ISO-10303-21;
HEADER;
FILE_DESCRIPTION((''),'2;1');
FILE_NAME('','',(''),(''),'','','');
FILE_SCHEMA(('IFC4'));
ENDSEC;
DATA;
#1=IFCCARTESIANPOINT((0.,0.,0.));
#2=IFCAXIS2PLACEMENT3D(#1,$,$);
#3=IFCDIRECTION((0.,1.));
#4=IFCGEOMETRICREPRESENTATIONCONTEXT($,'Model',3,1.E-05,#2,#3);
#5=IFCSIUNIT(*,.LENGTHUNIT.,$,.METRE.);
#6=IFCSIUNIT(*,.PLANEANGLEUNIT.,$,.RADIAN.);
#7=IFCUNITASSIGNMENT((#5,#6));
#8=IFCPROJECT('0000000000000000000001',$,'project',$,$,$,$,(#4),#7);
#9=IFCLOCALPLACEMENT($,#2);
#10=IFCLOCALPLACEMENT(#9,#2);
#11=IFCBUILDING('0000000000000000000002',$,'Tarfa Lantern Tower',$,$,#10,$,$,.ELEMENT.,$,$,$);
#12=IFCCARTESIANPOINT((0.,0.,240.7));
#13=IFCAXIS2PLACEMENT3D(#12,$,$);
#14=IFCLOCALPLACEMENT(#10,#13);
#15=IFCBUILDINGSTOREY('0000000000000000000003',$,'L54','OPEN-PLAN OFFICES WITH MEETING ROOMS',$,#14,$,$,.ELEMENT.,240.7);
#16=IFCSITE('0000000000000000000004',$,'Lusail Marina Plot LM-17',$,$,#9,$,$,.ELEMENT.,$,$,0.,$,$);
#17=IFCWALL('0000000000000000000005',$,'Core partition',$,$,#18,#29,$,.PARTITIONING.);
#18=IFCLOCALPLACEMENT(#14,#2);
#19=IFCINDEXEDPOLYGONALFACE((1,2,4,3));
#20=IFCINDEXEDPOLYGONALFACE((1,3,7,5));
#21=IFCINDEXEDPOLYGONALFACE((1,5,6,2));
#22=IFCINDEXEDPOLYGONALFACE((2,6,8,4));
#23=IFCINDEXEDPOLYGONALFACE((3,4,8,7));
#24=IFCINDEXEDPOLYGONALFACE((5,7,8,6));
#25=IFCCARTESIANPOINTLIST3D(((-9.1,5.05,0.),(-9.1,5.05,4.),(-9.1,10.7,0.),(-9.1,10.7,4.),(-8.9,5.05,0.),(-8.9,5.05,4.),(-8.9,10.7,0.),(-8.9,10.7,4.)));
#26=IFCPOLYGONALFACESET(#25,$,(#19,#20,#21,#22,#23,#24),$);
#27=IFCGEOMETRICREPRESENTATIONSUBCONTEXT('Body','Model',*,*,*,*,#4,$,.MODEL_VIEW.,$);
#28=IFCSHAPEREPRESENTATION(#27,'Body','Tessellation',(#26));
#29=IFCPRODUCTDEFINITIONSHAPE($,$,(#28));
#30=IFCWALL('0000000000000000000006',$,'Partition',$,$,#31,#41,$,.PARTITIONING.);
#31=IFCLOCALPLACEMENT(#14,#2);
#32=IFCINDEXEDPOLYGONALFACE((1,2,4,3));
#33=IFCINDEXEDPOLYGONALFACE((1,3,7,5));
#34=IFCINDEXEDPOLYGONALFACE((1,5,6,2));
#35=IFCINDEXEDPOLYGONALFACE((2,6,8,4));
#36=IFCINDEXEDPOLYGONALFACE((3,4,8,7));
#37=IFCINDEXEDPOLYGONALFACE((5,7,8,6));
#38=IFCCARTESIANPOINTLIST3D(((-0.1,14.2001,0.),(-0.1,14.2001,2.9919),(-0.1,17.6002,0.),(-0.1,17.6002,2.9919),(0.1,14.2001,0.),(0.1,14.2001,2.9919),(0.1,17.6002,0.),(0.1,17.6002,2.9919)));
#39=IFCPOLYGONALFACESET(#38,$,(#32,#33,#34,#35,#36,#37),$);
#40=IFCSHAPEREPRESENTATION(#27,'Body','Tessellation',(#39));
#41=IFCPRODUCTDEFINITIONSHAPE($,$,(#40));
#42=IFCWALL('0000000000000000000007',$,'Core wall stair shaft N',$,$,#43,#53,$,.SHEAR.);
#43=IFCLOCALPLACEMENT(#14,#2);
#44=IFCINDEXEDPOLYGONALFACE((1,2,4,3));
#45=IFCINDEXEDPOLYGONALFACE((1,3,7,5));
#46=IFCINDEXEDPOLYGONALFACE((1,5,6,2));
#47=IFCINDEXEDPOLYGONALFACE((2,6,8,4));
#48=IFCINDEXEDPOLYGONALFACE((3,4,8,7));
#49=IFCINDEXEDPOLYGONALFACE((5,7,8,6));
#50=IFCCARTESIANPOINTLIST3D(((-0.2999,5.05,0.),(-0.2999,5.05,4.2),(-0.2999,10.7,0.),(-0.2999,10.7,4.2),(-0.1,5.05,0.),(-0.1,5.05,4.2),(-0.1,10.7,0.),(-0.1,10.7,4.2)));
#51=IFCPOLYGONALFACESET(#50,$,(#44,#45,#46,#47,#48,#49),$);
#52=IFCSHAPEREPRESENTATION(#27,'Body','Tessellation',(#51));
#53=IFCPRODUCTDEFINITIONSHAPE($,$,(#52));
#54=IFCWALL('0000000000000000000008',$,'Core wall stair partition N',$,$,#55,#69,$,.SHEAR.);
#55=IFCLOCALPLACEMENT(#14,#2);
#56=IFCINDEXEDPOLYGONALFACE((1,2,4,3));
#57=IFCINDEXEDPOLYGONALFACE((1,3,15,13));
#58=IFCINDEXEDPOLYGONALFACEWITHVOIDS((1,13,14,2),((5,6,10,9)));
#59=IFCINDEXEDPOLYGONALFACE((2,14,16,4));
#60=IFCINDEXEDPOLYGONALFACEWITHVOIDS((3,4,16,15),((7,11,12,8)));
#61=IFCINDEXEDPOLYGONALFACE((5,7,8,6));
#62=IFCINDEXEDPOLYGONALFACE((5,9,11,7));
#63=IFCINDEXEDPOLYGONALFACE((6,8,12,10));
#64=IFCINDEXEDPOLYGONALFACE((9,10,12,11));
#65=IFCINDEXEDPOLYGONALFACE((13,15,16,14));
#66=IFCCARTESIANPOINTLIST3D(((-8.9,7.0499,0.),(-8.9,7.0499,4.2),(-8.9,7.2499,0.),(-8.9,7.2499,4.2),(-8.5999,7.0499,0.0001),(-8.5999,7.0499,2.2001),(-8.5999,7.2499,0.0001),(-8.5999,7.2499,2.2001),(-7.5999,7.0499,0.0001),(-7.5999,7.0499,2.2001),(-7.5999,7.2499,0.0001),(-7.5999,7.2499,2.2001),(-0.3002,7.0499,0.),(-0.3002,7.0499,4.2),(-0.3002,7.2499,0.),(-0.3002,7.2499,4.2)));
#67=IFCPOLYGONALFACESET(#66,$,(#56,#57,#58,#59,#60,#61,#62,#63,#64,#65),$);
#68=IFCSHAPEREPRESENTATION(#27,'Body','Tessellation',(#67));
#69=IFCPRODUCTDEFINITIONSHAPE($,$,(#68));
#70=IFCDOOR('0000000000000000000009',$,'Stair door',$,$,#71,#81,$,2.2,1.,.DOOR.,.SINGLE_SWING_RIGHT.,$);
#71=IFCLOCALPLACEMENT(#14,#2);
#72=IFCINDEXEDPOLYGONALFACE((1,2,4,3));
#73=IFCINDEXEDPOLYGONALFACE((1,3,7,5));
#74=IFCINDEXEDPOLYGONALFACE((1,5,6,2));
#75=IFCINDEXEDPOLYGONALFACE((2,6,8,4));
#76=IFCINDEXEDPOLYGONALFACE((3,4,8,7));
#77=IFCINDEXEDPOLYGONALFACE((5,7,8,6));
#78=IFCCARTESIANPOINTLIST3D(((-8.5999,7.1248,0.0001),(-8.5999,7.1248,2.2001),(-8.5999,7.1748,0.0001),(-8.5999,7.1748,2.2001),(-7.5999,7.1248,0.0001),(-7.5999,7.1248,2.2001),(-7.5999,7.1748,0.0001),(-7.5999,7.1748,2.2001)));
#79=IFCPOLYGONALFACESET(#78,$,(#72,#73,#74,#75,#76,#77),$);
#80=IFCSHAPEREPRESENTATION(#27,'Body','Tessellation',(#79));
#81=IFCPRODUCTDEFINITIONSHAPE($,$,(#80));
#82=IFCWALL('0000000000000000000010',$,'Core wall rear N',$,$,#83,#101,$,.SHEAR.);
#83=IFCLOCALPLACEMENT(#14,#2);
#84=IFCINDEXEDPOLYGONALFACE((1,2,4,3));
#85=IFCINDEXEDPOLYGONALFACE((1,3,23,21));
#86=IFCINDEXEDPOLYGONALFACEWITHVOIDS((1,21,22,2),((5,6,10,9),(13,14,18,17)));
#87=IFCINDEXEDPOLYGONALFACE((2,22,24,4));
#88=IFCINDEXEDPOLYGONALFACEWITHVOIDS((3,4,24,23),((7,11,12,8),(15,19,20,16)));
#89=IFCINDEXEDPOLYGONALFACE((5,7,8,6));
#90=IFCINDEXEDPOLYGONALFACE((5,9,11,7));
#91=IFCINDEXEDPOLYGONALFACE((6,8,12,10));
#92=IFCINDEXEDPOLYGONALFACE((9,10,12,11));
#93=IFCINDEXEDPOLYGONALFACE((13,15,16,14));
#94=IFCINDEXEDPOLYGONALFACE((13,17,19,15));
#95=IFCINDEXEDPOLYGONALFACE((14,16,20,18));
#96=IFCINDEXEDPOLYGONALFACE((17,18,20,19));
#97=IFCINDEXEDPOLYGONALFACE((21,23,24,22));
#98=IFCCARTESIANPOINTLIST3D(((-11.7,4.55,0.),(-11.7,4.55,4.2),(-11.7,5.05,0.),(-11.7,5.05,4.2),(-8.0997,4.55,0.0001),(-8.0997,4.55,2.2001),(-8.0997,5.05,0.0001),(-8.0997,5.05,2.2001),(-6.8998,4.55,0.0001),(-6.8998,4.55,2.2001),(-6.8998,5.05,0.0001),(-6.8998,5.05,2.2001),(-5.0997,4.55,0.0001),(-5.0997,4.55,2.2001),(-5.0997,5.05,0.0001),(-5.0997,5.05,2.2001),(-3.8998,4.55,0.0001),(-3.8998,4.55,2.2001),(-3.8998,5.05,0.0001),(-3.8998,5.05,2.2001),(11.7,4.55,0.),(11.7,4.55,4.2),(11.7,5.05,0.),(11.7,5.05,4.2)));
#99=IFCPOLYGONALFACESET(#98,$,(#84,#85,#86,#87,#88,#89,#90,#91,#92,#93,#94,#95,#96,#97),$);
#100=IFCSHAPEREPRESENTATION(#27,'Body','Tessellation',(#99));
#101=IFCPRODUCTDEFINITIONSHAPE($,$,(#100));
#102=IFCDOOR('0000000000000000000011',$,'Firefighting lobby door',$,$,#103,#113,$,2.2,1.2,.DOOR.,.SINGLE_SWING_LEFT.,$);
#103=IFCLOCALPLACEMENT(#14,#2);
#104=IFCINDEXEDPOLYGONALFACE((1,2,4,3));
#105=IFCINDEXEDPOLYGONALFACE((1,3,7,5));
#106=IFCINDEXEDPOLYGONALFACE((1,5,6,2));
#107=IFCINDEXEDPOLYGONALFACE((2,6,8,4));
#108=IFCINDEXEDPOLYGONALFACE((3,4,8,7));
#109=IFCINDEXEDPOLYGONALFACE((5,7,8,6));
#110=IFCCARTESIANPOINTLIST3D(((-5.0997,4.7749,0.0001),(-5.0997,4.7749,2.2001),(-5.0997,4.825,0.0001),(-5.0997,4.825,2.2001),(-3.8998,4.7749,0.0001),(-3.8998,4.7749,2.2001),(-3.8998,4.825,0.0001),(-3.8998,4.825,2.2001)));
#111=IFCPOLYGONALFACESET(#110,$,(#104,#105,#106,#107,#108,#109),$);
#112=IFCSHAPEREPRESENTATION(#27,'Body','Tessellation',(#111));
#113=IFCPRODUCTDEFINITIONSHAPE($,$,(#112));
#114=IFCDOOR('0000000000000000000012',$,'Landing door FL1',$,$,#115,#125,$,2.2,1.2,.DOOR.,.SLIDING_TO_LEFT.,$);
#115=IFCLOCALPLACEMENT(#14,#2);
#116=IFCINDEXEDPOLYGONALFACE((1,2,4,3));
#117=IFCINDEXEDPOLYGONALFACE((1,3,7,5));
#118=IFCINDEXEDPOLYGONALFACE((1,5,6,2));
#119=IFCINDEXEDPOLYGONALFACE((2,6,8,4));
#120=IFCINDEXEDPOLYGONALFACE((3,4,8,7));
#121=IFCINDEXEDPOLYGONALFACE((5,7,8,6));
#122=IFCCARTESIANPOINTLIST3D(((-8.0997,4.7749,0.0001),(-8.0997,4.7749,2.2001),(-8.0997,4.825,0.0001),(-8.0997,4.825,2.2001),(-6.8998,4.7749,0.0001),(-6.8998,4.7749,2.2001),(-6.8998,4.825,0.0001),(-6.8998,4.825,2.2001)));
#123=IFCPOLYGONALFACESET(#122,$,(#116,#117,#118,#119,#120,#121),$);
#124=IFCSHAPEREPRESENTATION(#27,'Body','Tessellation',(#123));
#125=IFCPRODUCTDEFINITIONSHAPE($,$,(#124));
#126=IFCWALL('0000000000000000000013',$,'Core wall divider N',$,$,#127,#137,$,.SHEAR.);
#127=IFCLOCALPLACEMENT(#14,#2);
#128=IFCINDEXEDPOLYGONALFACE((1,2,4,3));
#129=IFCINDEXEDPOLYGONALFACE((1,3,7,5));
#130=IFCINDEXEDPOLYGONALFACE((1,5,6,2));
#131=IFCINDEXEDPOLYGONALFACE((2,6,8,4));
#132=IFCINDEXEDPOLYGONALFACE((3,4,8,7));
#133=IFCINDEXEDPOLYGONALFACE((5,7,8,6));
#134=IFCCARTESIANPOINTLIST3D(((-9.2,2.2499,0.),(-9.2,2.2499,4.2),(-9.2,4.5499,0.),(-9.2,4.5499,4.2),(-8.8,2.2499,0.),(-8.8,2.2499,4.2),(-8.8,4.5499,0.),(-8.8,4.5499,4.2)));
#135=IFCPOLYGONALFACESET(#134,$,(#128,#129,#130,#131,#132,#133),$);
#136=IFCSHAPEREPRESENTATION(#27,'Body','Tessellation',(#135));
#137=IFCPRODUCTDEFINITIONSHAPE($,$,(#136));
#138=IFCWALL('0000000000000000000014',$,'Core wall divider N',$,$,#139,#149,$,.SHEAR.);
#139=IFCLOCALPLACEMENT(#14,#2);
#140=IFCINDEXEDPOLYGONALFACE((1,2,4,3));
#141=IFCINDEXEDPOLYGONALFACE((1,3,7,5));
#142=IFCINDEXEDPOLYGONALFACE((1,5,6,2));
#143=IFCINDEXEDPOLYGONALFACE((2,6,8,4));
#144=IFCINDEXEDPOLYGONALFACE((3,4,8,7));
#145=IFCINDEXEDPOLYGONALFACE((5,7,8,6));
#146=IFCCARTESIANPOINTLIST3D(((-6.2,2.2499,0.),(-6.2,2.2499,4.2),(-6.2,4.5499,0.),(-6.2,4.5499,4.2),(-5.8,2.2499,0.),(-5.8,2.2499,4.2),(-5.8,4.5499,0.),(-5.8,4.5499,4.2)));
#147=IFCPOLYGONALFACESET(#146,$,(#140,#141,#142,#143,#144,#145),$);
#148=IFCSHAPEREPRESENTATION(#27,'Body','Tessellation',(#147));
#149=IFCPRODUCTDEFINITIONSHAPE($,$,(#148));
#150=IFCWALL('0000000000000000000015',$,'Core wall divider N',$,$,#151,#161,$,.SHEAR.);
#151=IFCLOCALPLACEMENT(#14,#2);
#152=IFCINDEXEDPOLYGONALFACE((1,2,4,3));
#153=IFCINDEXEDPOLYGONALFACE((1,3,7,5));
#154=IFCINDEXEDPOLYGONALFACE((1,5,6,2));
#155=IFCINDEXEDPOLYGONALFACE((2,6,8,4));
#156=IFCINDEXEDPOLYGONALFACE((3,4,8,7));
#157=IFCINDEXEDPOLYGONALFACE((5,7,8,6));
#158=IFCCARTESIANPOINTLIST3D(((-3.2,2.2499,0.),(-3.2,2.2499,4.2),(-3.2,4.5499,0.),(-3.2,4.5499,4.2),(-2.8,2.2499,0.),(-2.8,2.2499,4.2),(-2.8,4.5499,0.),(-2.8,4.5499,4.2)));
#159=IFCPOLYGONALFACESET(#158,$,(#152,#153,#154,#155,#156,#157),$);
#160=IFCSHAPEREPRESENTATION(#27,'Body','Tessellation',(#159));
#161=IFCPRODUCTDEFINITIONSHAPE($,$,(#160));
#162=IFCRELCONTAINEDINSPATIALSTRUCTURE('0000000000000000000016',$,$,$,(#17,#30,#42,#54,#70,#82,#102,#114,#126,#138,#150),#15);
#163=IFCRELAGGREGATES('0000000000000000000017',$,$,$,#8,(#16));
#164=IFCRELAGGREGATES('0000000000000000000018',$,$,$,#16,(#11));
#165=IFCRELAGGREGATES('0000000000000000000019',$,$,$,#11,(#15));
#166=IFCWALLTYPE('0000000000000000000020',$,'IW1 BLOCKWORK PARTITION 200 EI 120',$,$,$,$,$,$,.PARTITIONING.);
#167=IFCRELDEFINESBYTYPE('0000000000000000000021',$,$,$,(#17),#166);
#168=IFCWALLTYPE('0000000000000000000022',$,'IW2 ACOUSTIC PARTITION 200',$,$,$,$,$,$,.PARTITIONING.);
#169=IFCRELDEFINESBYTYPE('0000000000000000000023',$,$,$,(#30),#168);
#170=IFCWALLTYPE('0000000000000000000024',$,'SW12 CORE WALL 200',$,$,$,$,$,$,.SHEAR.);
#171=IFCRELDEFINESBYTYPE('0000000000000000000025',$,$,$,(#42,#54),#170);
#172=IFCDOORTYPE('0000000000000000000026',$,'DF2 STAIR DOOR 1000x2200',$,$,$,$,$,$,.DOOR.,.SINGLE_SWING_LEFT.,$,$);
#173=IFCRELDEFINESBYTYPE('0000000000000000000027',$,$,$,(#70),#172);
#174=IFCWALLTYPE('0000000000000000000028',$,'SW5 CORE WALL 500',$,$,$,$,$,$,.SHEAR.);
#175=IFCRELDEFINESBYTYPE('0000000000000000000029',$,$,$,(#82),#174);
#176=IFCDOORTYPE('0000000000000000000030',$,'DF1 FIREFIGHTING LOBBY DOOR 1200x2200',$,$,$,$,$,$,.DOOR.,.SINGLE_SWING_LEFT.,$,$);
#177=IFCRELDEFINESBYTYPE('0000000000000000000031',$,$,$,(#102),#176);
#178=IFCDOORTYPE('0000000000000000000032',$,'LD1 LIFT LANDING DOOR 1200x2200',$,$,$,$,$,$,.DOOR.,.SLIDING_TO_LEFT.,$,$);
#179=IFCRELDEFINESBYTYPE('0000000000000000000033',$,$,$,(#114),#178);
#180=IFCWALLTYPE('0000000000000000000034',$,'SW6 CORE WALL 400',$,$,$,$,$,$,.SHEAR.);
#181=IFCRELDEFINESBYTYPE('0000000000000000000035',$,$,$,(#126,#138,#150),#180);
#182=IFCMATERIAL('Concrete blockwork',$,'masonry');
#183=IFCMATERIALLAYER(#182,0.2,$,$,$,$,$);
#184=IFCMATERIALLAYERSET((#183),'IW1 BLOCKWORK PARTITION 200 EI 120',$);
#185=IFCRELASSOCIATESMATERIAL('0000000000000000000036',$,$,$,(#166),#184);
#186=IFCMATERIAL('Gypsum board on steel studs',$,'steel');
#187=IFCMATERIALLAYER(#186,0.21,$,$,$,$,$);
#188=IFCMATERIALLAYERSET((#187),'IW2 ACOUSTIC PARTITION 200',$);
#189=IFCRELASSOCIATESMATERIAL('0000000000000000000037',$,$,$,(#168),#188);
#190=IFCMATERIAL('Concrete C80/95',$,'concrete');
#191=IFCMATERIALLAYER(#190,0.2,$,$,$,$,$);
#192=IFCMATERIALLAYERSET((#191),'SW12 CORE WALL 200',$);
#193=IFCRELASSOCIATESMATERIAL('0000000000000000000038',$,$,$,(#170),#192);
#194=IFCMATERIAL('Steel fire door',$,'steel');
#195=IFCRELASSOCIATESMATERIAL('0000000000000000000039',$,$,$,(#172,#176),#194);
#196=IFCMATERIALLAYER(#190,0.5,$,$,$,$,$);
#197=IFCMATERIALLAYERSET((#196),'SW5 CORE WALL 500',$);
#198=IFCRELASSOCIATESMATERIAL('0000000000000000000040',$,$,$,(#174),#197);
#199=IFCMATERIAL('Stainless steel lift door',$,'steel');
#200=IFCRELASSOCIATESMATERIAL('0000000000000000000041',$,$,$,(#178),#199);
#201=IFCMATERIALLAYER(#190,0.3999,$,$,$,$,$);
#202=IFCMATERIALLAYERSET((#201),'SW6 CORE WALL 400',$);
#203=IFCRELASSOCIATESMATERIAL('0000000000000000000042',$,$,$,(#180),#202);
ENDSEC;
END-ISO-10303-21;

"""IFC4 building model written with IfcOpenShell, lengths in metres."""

from ifc_helpers import new_model, si_unit, direction, frame, frame_2d, origin, place, context, subcontext, project, spatial, rectangle, extrude, material, layer, layer_set, type_object, element, fill, save


model = new_model("IFC4")

# Units and contexts
model_context = context("Model", 3, precision=1e-05, world=origin(), true_north=direction((0.0, 1.0)))
body_context = subcontext(model_context, "Body", "Model", "MODEL_VIEW")
ifc_project = project(units=[si_unit("LENGTHUNIT", "METRE"), si_unit("PLANEANGLEUNIT", "RADIAN")], contexts=[model_context])

# Site, building, storey
site_placement = place(None, origin())
site = spatial("IfcSite", under=ifc_project, at=site_placement, Name="Lusail Marina Plot LM-17", CompositionType="ELEMENT", RefElevation=0.0)
building_placement = place(site_placement, origin())
building = spatial("IfcBuilding", under=site, at=building_placement, Name="Tarfa Lantern Tower", CompositionType="ELEMENT")
storey_placement = place(building_placement, frame((0.0, 0.0, 240.7)))
storey = spatial("IfcBuildingStorey", under=building, at=storey_placement, Name="L54", Description="OPEN-PLAN OFFICES WITH MEETING ROOMS", CompositionType="ELEMENT", Elevation=240.7)

# Walls
ifc_material_1 = material(Name="Concrete blockwork", Category="masonry")
ifc_layer_1 = layer(ifc_material_1, 0.2)
ifc_layer_set_1 = layer_set([ifc_layer_1], Name="IW1 BLOCKWORK PARTITION 200 EI 120")
wall_type_1 = type_object("IfcWallType", Name="IW1 BLOCKWORK PARTITION 200 EI 120", PredefinedType="PARTITIONING", material=ifc_layer_set_1)
wall_1_placement = place(storey_placement, frame((-9.0, 5.05, 0.0), z_axis=(0.0, 0.0, 1.0), x_axis=(0.0, 1.0, 0.0)))
element("IfcWall", 1, at=wall_1_placement, inside=storey, type_object=wall_type_1, Name="Core partition", PredefinedType="PARTITIONING", context=body_context, shape_type="SweptSolid", body=[
    extrude(rectangle(XDim=5.6499, YDim=0.2, at=frame_2d((2.825, 0.0))), origin(), (0.0, 0.0, 1.0), 4.0),
])
ifc_material_2 = material(Name="Gypsum board on steel studs", Category="steel")
ifc_layer_2 = layer(ifc_material_2, 0.21)
ifc_layer_set_2 = layer_set([ifc_layer_2], Name="IW2 ACOUSTIC PARTITION 200")
wall_type_2 = type_object("IfcWallType", Name="IW2 ACOUSTIC PARTITION 200", PredefinedType="PARTITIONING", material=ifc_layer_set_2)
wall_2_placement = place(storey_placement, frame((0.0, 14.2, 0.0), z_axis=(0.0, 0.0, 1.0), x_axis=(0.0, 1.0, 0.0)))
element("IfcWall", 2, at=wall_2_placement, inside=storey, type_object=wall_type_2, Name="Partition", PredefinedType="PARTITIONING", context=body_context, shape_type="SweptSolid", body=[
    extrude(rectangle(XDim=3.4001, YDim=0.2, at=frame_2d((1.7002, 0.0))), origin(), (0.0, 0.0, 1.0), 2.9919),
])
ifc_material_3 = material(Name="Concrete C80/95", Category="concrete")
ifc_layer_3 = layer(ifc_material_3, 0.2)
ifc_layer_set_3 = layer_set([ifc_layer_3], Name="SW12 CORE WALL 200")
wall_type_3 = type_object("IfcWallType", Name="SW12 CORE WALL 200", PredefinedType="SHEAR", material=ifc_layer_set_3)
wall_3_placement = place(storey_placement, frame((-0.2, 5.05, 0.0), z_axis=(0.0, 0.0, 1.0), x_axis=(0.0, 1.0, 0.0)))
element("IfcWall", 3, at=wall_3_placement, inside=storey, type_object=wall_type_3, Name="Core wall stair shaft N", PredefinedType="SHEAR", context=body_context, shape_type="SweptSolid", body=[
    extrude(rectangle(XDim=5.6499, YDim=0.2, at=frame_2d((2.825, 0.0))), origin(), (0.0, 0.0, 1.0), 4.2),
])

# Wall, opening, door
wall_4_placement = place(storey_placement, frame((-8.8999, 7.1499, 0.0), z_axis=(0.0, 0.0, 1.0), x_axis=(1.0, 0.0, 0.0)))
wall_4 = element("IfcWall", 4, at=wall_4_placement, inside=storey, type_object=wall_type_3, Name="Core wall stair partition N", PredefinedType="SHEAR", context=body_context, shape_type="SweptSolid", body=[
    extrude(rectangle(XDim=8.5999, YDim=0.2, at=frame_2d((4.2998, 0.0))), origin(), (0.0, 0.0, 1.0), 4.2),
])
opening_1_placement = place(wall_4_placement, frame((0.3, 0.0, 0.0)))
opening_1 = element("IfcOpeningElement", 5, at=opening_1_placement, cuts=wall_4, PredefinedType="OPENING", context=body_context, shape_type="SweptSolid", body=[
    extrude(rectangle(XDim=1.0, YDim=2.2, at=frame_2d((0.5, 1.1001))), frame((0.0, 0.1099, 0.0), z_axis=(0.0, -1.0, 0.0), x_axis=(1.0, 0.0, 0.0)), (0.0, 0.0, 1.0), 0.22),
])
ifc_material_4 = material(Name="Steel fire door", Category="steel")
door_type_1 = type_object("IfcDoorType", Name="DF2 STAIR DOOR 1000x2200", OperationType="SINGLE_SWING_LEFT", PredefinedType="DOOR", material=ifc_material_4)
door_1_placement = place(opening_1_placement, origin())
door_1 = element("IfcDoor", 6, at=door_1_placement, inside=storey, type_object=door_type_1, Name="Stair door", OperationType="SINGLE_SWING_RIGHT", OverallHeight=2.2, OverallWidth=1.0, PredefinedType="DOOR", context=body_context, shape_type="SweptSolid", body=[
    extrude(rectangle(XDim=1.0, YDim=2.2, at=frame_2d((0.5, 1.1001))), frame((0.0, 0.0249, 0.0), z_axis=(0.0, -1.0, 0.0), x_axis=(1.0, 0.0, 0.0)), (0.0, 0.0, 1.0), 0.05),
])
fill(opening_1, door_1)

# Wall, openings, doors
ifc_layer_4 = layer(ifc_material_3, 0.5)
ifc_layer_set_4 = layer_set([ifc_layer_4], Name="SW5 CORE WALL 500")
wall_type_4 = type_object("IfcWallType", Name="SW5 CORE WALL 500", PredefinedType="SHEAR", material=ifc_layer_set_4)
wall_5_placement = place(storey_placement, frame((-11.7, 4.8, 0.0), z_axis=(0.0, 0.0, 1.0), x_axis=(1.0, 0.0, 0.0)))
wall_5 = element("IfcWall", 7, at=wall_5_placement, inside=storey, type_object=wall_type_4, Name="Core wall rear N", PredefinedType="SHEAR", context=body_context, shape_type="SweptSolid", body=[
    extrude(rectangle(XDim=23.3999, YDim=0.5, at=frame_2d((11.7, 0.0))), origin(), (0.0, 0.0, 1.0), 4.2),
])
opening_2_placement = place(wall_5_placement, frame((6.6001, 0.0, 0.0)))
opening_2 = element("IfcOpeningElement", 8, at=opening_2_placement, cuts=wall_5, PredefinedType="OPENING", context=body_context, shape_type="SweptSolid", body=[
    extrude(rectangle(XDim=1.2, YDim=2.2, at=frame_2d((0.6001, 1.1001))), frame((0.0, 0.26, 0.0), z_axis=(0.0, -1.0, 0.0), x_axis=(1.0, 0.0, 0.0)), (0.0, 0.0, 1.0), 0.52),
])
opening_3_placement = place(wall_5_placement, frame((3.6001, 0.0, 0.0)))
opening_3 = element("IfcOpeningElement", 9, at=opening_3_placement, cuts=wall_5, PredefinedType="OPENING", context=body_context, shape_type="SweptSolid", body=[
    extrude(rectangle(XDim=1.2, YDim=2.2, at=frame_2d((0.6001, 1.1001))), frame((0.0, 0.26, 0.0), z_axis=(0.0, -1.0, 0.0), x_axis=(1.0, 0.0, 0.0)), (0.0, 0.0, 1.0), 0.52),
])
door_type_2 = type_object("IfcDoorType", Name="DF1 FIREFIGHTING LOBBY DOOR 1200x2200", OperationType="SINGLE_SWING_LEFT", PredefinedType="DOOR", material=ifc_material_4)
door_2_placement = place(opening_2_placement, origin())
door_2 = element("IfcDoor", 10, at=door_2_placement, inside=storey, type_object=door_type_2, Name="Firefighting lobby door", OperationType="SINGLE_SWING_LEFT", OverallHeight=2.2, OverallWidth=1.2, PredefinedType="DOOR", context=body_context, shape_type="SweptSolid", body=[
    extrude(rectangle(XDim=1.2, YDim=2.2, at=frame_2d((0.6001, 1.1001))), frame((0.0, 0.0249, 0.0), z_axis=(0.0, -1.0, 0.0), x_axis=(1.0, 0.0, 0.0)), (0.0, 0.0, 1.0), 0.05),
])
fill(opening_2, door_2)
ifc_material_5 = material(Name="Stainless steel lift door", Category="steel")
door_type_3 = type_object("IfcDoorType", Name="LD1 LIFT LANDING DOOR 1200x2200", OperationType="SLIDING_TO_LEFT", PredefinedType="DOOR", material=ifc_material_5)
door_3_placement = place(opening_3_placement, origin())
door_3 = element("IfcDoor", 11, at=door_3_placement, inside=storey, type_object=door_type_3, Name="Landing door FL1", OperationType="SLIDING_TO_LEFT", OverallHeight=2.2, OverallWidth=1.2, PredefinedType="DOOR", context=body_context, shape_type="SweptSolid", body=[
    extrude(rectangle(XDim=1.2, YDim=2.2, at=frame_2d((0.6001, 1.1001))), frame((0.0, 0.0249, 0.0), z_axis=(0.0, -1.0, 0.0), x_axis=(1.0, 0.0, 0.0)), (0.0, 0.0, 1.0), 0.05),
])
fill(opening_3, door_3)

# Walls
ifc_layer_5 = layer(ifc_material_3, 0.3999)
ifc_layer_set_5 = layer_set([ifc_layer_5], Name="SW6 CORE WALL 400")
wall_type_5 = type_object("IfcWallType", Name="SW6 CORE WALL 400", PredefinedType="SHEAR", material=ifc_layer_set_5)
for number, where, z_axis, x_axis, name in (
    (12, (-9.0, 2.25, 0.0), (0.0, 0.0, 1.0), (0.0, 1.0, 0.0), "Core wall divider N"),
    (13, (-6.0, 2.25, 0.0), (0.0, 0.0, 1.0), (0.0, 1.0, 0.0), "Core wall divider N"),
    (14, (-3.0, 2.25, 0.0), (0.0, 0.0, 1.0), (0.0, 1.0, 0.0), "Core wall divider N"),
):
    element("IfcWall", number, at=place(storey_placement, frame(where, z_axis=z_axis, x_axis=x_axis)), inside=storey, type_object=wall_type_5, Name=name, PredefinedType="SHEAR", context=body_context, shape_type="SweptSolid", body=[
        extrude(rectangle(XDim=2.3, YDim=0.3999, at=frame_2d((1.1499, 0.0))), origin(), (0.0, 0.0, 1.0), 4.2),
    ])

save(model, "model.ifc")
